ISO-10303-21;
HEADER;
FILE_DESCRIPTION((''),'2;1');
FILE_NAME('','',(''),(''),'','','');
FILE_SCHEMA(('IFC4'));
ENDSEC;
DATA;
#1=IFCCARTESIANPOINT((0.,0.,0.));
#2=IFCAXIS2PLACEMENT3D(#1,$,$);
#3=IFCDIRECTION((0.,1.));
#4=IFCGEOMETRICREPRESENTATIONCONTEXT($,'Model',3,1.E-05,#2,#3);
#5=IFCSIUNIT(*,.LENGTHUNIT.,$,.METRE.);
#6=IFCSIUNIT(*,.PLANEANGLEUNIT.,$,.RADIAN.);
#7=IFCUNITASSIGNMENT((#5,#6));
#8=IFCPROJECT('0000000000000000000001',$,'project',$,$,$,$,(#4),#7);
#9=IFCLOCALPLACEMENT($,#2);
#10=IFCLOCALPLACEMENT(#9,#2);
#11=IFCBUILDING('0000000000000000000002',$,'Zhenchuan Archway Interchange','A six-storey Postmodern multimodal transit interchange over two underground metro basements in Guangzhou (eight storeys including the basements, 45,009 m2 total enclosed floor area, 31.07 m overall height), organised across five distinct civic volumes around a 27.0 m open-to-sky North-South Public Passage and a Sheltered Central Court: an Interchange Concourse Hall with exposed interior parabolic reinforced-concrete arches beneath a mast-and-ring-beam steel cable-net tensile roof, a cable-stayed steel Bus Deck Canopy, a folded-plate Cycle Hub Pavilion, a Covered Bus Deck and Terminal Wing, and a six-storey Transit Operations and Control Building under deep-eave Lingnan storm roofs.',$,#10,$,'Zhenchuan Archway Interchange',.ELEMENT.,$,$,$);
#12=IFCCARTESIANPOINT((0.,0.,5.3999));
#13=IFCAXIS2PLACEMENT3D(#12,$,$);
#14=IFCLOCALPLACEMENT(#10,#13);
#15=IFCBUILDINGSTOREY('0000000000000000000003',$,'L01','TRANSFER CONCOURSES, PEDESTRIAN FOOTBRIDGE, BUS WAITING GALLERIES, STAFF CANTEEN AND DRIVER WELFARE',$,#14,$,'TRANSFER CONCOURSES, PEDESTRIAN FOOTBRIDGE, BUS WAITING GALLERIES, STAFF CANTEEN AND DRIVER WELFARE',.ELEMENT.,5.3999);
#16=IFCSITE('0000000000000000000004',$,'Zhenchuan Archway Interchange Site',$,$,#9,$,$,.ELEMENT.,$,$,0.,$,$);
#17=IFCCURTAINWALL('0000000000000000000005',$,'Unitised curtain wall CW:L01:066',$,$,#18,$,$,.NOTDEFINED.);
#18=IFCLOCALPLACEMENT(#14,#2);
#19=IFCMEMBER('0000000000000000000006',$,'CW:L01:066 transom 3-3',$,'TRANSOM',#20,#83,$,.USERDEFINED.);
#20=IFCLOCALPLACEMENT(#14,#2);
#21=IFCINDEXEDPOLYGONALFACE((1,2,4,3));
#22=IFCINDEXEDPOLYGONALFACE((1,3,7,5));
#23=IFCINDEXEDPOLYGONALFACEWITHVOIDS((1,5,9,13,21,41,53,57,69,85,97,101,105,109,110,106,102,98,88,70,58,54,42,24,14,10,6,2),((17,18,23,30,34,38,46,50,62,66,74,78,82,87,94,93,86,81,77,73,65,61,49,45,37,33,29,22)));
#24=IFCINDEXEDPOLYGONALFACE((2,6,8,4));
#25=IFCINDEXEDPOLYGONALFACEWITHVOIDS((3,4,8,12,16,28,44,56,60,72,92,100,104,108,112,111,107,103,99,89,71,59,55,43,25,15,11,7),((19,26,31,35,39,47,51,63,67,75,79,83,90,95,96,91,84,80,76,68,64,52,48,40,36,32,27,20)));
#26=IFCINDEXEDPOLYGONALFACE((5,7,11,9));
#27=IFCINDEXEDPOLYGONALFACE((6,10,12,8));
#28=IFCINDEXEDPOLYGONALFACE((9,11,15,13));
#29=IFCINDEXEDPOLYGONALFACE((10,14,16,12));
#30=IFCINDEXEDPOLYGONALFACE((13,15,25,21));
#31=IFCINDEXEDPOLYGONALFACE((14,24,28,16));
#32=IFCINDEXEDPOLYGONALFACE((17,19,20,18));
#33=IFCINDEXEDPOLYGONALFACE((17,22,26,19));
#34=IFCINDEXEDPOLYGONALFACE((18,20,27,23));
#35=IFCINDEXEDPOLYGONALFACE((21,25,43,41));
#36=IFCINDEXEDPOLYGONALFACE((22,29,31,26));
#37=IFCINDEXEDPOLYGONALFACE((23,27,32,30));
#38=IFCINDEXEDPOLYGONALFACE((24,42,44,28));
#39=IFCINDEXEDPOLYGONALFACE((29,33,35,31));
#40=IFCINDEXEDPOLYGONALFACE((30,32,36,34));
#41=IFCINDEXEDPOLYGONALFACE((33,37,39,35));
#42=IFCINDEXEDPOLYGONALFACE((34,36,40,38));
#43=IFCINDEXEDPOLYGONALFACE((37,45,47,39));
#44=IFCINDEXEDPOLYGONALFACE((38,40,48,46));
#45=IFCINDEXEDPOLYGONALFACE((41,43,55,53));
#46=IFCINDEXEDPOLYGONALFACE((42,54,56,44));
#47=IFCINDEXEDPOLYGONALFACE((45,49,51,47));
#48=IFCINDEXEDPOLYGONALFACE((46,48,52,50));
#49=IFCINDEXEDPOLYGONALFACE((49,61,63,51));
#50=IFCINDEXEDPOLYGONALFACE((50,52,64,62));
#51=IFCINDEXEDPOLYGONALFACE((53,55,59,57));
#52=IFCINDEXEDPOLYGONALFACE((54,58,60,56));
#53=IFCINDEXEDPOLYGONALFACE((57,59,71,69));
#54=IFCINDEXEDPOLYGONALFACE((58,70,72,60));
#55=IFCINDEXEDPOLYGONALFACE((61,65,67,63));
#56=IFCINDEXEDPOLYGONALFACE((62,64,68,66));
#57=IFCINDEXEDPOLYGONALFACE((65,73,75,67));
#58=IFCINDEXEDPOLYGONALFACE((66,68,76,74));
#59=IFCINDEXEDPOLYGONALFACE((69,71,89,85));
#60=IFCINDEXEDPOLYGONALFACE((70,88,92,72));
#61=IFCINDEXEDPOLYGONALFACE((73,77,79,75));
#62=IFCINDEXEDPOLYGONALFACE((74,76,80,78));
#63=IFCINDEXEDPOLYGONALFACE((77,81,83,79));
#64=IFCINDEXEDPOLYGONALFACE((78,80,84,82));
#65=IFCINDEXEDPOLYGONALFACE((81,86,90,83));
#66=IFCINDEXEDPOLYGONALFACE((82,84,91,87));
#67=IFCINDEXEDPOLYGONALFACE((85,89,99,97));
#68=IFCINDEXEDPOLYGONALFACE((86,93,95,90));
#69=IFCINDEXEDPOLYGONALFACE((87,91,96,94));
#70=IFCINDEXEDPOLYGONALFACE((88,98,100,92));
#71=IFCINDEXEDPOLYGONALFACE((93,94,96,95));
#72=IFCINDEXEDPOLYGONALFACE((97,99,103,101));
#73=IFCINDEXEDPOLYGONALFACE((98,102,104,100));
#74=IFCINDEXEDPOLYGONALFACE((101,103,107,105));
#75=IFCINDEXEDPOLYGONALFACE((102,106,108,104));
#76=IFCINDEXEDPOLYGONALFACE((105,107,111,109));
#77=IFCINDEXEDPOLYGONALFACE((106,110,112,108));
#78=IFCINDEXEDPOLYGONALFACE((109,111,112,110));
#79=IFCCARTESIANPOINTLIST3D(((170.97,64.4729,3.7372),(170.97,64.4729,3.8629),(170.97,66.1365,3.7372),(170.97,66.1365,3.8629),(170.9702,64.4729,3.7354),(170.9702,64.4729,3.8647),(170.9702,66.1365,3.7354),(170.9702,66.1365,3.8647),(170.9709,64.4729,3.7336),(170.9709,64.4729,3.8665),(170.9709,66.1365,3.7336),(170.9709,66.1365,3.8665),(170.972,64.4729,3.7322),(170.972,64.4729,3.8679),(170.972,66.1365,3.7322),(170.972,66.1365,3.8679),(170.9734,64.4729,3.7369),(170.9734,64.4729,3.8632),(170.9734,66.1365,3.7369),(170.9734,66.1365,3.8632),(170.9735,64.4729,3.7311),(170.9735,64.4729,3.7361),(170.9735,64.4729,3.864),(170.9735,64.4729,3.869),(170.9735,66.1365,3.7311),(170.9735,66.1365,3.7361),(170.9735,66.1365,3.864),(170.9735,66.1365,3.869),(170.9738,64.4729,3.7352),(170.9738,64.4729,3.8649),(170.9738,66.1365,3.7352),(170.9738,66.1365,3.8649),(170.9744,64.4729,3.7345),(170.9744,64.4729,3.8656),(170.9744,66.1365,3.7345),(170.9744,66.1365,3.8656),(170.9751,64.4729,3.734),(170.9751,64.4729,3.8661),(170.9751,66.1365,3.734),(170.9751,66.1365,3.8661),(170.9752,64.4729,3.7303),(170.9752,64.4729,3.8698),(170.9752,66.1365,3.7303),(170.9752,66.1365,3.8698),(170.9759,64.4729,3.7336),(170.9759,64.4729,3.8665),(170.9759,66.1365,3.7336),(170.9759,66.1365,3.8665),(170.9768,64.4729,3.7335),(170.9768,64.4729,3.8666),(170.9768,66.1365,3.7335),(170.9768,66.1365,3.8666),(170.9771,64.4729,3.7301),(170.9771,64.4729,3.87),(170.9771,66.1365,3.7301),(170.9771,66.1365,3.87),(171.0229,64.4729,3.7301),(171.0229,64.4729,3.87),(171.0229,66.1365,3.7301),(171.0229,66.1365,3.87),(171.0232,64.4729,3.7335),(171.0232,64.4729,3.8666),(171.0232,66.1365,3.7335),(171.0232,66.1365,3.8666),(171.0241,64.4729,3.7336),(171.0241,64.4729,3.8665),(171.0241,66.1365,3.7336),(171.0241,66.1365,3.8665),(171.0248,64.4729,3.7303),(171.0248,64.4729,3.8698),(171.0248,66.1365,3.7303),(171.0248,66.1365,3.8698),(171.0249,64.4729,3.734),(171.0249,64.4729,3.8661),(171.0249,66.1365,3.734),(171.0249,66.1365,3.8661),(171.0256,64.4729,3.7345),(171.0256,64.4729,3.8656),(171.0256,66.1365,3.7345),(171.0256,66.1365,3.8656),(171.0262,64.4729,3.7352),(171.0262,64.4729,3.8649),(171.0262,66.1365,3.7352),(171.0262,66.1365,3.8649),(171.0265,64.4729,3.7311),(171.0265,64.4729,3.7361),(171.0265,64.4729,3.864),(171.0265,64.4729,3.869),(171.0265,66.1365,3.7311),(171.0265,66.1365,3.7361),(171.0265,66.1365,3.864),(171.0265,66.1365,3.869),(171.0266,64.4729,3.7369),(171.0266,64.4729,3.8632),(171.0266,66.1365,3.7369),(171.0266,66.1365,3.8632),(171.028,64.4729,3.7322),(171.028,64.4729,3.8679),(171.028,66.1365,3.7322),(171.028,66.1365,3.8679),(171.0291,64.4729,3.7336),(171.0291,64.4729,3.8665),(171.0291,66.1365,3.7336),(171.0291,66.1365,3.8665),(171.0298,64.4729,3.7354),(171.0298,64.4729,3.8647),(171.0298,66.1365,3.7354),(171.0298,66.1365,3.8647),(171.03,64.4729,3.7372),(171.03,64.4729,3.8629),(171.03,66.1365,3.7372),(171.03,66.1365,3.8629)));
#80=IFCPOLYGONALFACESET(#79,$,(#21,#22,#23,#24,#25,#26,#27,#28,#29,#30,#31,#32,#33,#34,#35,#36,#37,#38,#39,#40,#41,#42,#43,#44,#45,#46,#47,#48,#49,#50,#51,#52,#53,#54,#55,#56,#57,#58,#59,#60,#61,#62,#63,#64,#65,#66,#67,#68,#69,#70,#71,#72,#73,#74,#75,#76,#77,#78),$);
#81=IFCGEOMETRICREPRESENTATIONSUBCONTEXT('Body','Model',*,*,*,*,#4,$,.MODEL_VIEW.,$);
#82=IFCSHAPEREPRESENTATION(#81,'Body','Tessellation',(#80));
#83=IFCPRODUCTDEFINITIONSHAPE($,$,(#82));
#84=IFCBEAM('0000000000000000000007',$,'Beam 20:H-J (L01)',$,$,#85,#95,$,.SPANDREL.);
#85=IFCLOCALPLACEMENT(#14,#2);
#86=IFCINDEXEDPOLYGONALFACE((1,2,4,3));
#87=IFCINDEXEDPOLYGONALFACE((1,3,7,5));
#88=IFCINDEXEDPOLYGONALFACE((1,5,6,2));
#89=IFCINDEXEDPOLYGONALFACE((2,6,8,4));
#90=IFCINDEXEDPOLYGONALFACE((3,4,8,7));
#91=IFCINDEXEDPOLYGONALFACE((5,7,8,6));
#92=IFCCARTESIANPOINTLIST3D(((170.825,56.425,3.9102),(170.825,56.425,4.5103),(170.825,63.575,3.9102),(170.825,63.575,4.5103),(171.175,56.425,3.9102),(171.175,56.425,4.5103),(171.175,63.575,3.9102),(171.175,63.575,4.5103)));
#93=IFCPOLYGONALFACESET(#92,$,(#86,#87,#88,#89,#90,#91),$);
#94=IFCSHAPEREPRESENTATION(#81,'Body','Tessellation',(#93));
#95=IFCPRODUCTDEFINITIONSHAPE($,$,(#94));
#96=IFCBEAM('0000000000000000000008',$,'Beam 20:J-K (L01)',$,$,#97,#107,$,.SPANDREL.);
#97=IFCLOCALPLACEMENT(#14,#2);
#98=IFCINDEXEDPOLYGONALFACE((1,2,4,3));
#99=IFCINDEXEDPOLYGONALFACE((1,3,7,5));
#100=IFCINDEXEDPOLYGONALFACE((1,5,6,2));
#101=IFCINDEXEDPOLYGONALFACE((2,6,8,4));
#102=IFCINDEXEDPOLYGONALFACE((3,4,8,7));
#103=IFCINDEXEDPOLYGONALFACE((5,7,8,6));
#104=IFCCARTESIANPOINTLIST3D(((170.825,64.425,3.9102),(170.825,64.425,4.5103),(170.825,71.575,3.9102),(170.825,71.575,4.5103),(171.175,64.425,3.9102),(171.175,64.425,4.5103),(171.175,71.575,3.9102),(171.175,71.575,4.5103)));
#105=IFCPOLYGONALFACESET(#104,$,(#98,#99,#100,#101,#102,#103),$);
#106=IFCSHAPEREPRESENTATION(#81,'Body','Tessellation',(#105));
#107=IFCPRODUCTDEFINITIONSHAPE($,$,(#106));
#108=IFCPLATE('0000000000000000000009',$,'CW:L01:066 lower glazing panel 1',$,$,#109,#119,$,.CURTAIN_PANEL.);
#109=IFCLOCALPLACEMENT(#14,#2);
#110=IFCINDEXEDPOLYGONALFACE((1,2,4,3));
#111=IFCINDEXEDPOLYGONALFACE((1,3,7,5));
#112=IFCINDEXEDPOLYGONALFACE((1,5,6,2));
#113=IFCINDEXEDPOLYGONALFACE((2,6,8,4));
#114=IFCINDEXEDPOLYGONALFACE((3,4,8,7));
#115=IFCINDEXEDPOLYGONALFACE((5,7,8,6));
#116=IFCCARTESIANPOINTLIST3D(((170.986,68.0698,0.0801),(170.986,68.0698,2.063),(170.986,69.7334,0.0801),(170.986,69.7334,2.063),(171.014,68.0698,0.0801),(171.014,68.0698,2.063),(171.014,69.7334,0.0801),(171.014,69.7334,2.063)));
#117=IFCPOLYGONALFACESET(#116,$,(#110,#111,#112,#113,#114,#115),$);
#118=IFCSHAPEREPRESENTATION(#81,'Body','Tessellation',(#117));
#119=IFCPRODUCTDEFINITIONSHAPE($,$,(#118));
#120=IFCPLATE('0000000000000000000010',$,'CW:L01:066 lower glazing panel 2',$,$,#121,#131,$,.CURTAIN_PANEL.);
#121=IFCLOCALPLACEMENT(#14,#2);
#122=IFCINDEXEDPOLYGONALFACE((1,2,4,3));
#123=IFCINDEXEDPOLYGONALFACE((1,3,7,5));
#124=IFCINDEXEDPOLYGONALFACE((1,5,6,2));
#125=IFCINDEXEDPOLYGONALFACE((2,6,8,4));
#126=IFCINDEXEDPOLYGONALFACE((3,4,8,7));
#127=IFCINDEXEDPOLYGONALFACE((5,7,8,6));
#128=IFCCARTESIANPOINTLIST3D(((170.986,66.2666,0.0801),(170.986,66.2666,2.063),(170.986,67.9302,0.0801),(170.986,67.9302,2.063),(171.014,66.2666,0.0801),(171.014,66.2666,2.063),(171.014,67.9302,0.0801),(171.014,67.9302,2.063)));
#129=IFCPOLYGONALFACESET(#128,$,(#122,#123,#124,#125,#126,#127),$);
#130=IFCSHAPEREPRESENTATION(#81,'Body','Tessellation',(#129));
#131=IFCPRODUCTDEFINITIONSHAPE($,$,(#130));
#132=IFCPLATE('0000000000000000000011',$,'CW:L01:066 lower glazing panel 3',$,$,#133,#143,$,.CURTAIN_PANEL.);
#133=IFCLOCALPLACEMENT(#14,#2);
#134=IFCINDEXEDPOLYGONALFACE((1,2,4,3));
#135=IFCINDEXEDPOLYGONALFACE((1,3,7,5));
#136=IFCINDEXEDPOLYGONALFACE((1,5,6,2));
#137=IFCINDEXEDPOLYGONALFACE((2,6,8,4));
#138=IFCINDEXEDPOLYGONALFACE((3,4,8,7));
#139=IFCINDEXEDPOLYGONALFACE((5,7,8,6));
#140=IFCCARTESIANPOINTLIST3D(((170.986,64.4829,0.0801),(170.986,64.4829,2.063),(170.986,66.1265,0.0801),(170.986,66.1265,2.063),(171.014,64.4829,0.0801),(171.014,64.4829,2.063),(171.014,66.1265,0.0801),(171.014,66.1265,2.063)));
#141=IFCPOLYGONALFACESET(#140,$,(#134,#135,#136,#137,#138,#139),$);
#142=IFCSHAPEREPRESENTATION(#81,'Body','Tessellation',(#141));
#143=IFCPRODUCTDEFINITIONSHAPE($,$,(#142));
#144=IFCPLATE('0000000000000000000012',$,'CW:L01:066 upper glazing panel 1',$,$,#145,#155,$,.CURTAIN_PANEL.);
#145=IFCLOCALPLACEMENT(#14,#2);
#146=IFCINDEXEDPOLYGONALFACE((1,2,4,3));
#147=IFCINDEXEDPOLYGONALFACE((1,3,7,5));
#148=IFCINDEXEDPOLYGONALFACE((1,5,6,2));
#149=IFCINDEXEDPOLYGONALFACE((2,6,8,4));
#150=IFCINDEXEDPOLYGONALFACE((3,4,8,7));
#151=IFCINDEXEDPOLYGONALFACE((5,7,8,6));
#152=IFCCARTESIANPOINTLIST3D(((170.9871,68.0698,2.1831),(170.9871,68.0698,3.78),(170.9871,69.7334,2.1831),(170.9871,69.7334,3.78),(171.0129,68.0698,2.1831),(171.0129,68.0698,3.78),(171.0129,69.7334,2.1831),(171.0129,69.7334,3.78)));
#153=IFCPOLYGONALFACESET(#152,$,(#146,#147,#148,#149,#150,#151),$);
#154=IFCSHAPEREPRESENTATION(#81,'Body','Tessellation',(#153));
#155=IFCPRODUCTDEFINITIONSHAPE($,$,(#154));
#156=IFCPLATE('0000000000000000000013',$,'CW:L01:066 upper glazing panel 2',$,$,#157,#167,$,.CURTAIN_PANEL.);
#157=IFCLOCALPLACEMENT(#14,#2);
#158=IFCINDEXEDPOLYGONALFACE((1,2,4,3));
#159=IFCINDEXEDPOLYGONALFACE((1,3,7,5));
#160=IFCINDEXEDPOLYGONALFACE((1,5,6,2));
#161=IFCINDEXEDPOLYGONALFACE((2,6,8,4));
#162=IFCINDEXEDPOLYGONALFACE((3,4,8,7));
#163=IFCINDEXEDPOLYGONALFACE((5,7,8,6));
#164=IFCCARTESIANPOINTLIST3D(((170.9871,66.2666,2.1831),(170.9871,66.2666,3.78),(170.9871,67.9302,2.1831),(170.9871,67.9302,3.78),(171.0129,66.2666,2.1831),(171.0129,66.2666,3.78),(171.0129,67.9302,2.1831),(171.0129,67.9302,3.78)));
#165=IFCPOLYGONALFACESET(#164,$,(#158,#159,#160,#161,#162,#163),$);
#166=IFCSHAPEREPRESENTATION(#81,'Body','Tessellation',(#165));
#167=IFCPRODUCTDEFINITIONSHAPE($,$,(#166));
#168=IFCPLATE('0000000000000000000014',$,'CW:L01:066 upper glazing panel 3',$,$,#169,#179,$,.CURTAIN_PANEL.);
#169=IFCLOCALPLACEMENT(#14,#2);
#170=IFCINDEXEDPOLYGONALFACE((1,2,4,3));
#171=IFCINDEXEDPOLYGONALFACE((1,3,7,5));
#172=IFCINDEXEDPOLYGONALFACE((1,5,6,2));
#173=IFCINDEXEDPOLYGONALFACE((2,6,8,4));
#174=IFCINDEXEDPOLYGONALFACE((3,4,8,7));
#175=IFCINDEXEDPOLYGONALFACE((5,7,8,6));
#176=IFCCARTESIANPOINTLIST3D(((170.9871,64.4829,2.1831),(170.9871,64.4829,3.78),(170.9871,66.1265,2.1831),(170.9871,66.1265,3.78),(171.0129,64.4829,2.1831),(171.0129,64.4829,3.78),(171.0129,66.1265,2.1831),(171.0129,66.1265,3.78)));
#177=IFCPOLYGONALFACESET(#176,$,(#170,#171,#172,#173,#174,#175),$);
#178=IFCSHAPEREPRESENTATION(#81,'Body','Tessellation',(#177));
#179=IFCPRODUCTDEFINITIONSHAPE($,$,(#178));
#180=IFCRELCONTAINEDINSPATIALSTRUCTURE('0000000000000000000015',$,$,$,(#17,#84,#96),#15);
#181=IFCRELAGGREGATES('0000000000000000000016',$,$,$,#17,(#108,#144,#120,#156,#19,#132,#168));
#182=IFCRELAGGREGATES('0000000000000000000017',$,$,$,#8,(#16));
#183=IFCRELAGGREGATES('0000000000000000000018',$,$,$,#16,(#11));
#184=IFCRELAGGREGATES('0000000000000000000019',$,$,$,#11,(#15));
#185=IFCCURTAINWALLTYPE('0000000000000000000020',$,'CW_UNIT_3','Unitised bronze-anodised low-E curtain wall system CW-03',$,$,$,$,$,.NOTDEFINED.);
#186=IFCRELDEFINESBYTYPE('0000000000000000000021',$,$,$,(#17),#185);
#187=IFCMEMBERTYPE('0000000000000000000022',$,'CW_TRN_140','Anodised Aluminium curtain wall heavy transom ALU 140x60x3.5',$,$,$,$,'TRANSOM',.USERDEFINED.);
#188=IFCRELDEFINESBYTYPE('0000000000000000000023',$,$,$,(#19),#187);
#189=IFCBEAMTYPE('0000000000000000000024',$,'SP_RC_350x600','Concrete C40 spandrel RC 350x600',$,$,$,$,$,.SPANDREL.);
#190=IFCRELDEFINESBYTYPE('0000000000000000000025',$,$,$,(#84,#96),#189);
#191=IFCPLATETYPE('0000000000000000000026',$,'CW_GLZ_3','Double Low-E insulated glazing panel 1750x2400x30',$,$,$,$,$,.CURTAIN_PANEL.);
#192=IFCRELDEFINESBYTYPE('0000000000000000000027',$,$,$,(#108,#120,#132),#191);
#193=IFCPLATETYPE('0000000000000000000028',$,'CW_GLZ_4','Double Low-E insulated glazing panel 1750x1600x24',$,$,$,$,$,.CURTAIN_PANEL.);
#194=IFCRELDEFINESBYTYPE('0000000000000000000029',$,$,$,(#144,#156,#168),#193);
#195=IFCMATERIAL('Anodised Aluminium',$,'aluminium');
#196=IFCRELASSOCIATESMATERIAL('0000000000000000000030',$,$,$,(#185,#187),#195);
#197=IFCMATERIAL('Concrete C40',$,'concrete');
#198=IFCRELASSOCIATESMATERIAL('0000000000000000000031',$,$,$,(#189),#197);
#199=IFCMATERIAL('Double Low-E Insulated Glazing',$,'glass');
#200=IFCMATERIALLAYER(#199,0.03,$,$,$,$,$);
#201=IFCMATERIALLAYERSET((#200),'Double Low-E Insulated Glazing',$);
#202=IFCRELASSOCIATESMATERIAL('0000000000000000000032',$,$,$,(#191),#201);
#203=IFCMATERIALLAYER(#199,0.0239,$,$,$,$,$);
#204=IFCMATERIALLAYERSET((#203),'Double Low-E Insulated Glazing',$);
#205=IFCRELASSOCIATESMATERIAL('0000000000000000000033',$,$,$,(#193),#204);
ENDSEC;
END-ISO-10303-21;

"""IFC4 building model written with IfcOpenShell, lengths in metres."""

from ifc_helpers import new_model, si_unit, direction, frame, origin, origin_2d, place, context, subcontext, project, spatial, rectangle, hollow_rectangle, extrude, material, layer, layer_set, material_profile, profile_set, type_object, element, aggregate, save


model = new_model("IFC4")

# Units and contexts
model_context = context("Model", 3, precision=1e-05, world=origin(), true_north=direction((0.0, 1.0)))
body_context = subcontext(model_context, "Body", "Model", "MODEL_VIEW")
ifc_project = project(units=[si_unit("LENGTHUNIT", "METRE"), si_unit("PLANEANGLEUNIT", "RADIAN")], contexts=[model_context])

# Site, building, storey
site_placement = place(None, origin())
site = spatial("IfcSite", under=ifc_project, at=site_placement, Name="Zhenchuan Archway Interchange Site", CompositionType="ELEMENT", RefElevation=0.0)
building_placement = place(site_placement, origin())
building = spatial("IfcBuilding", under=site, at=building_placement, Name="Zhenchuan Archway Interchange", Description="A six-storey Postmodern multimodal transit interchange over two underground metro basements in Guangzhou (eight storeys including the basements, 45,009 m2 total enclosed floor area, 31.07 m overall height), organised across five distinct civic volumes around a 27.0 m open-to-sky North-South Public Passage and a Sheltered Central Court: an Interchange Concourse Hall with exposed interior parabolic reinforced-concrete arches beneath a mast-and-ring-beam steel cable-net tensile roof, a cable-stayed steel Bus Deck Canopy, a folded-plate Cycle Hub Pavilion, a Covered Bus Deck and Terminal Wing, and a six-storey Transit Operations and Control Building under deep-eave Lingnan storm roofs.", LongName="Zhenchuan Archway Interchange", CompositionType="ELEMENT")
storey_placement = place(building_placement, frame((0.0, 0.0, 5.3999)))
storey = spatial("IfcBuildingStorey", under=building, at=storey_placement, Name="L01", Description="TRANSFER CONCOURSES, PEDESTRIAN FOOTBRIDGE, BUS WAITING GALLERIES, STAFF CANTEEN AND DRIVER WELFARE", LongName="TRANSFER CONCOURSES, PEDESTRIAN FOOTBRIDGE, BUS WAITING GALLERIES, STAFF CANTEEN AND DRIVER WELFARE", CompositionType="ELEMENT", Elevation=5.3999)

# Curtain wall, member
ifc_material_1 = material(Name="Anodised Aluminium", Category="aluminium")
curtain_wall_type = type_object("IfcCurtainWallType", Name="CW_UNIT_3", Description="Unitised bronze-anodised low-E curtain wall system CW-03", PredefinedType="NOTDEFINED", material=ifc_material_1)
curtain_wall_placement = place(storey_placement, origin())
curtain_wall = element("IfcCurtainWall", 1, at=curtain_wall_placement, inside=storey, type_object=curtain_wall_type, Name="Unitised curtain wall CW:L01:066", PredefinedType="NOTDEFINED")
ifc_material_profile_1 = material_profile(ifc_material_1, hollow_rectangle(XDim=0.0601, YDim=0.1399, WallThickness=0.0034, InnerFilletRadius=0.0034, OuterFilletRadius=0.0071, at=origin_2d()), Name="ALU 140x60x3.5")
ifc_profile_set_1 = profile_set([ifc_material_profile_1], Name="Anodised Aluminium")
member_type_1 = type_object("IfcMemberType", Name="CW_TRN_140", Description="Anodised Aluminium curtain wall heavy transom ALU 140x60x3.5", ElementType="TRANSOM", PredefinedType="USERDEFINED", material=ifc_profile_set_1)
member_1_placement = place(storey_placement, frame((171.0, 66.1365, 3.8), z_axis=(0.0, -1.0, 0.0), x_axis=(1.0, 0.0, 0.0)))
member_1 = element("IfcMember", 2, at=member_1_placement, type_object=member_type_1, Name="CW:L01:066 transom 3-3", ObjectType="TRANSOM", PredefinedType="USERDEFINED", context=body_context, shape_type="SweptSolid", body=[
    extrude(hollow_rectangle(XDim=0.0601, YDim=0.1399, WallThickness=0.0034, InnerFilletRadius=0.0034, OuterFilletRadius=0.0071, at=origin_2d()), origin(), (0.0, 0.0, 1.0), 1.6636),
])

# Beams
ifc_material_2 = material(Name="Concrete C40", Category="concrete")
ifc_material_profile_2 = material_profile(ifc_material_2, rectangle(XDim=0.3501, YDim=0.6001, at=origin_2d()), Name="RC 350x600")
ifc_profile_set_2 = profile_set([ifc_material_profile_2], Name="Concrete C40")
beam_type = type_object("IfcBeamType", Name="SP_RC_350x600", Description="Concrete C40 spandrel RC 350x600", PredefinedType="SPANDREL", material=ifc_profile_set_2)
for number, where, z_axis, x_axis, name in (
    (3, (171.0, 56.425, 4.2102), (0.0, 1.0, 0.0), (-1.0, 0.0, 0.0), "Beam 20:H-J (L01)"),
    (4, (171.0, 64.425, 4.2102), (0.0, 1.0, 0.0), (-1.0, 0.0, 0.0), "Beam 20:J-K (L01)"),
):
    element("IfcBeam", number, at=place(storey_placement, frame(where, z_axis=z_axis, x_axis=x_axis)), inside=storey, type_object=beam_type, Name=name, PredefinedType="SPANDREL", context=body_context, shape_type="SweptSolid", body=[
        extrude(rectangle(XDim=0.3501, YDim=0.6001, at=origin_2d()), origin(), (0.0, 0.0, 1.0), 7.1499),
    ])

# Plates
ifc_material_3 = material(Name="Double Low-E Insulated Glazing", Category="glass")
ifc_layer_1 = layer(ifc_material_3, 0.03)
ifc_layer_set_1 = layer_set([ifc_layer_1], Name="Double Low-E Insulated Glazing")
plate_type_1 = type_object("IfcPlateType", Name="CW_GLZ_3", Description="Double Low-E insulated glazing panel 1750x2400x30", PredefinedType="CURTAIN_PANEL", material=ifc_layer_set_1)
plate_1_placement = place(storey_placement, frame((171.0, 68.9016, 0.0801), z_axis=(0.0, 0.0, 1.0), x_axis=(0.0, -1.0, 0.0)))
plate_1 = element("IfcPlate", 5, at=plate_1_placement, type_object=plate_type_1, Name="CW:L01:066 lower glazing panel 1", PredefinedType="CURTAIN_PANEL", context=body_context, shape_type="SweptSolid", body=[
    extrude(rectangle(XDim=1.6636, YDim=0.0281, at=origin_2d()), origin(), (0.0, 0.0, 1.0), 1.9829),
])
plate_2_placement = place(storey_placement, frame((171.0, 67.0984, 0.0801), z_axis=(0.0, 0.0, 1.0), x_axis=(0.0, -1.0, 0.0)))
plate_2 = element("IfcPlate", 6, at=plate_2_placement, type_object=plate_type_1, Name="CW:L01:066 lower glazing panel 2", PredefinedType="CURTAIN_PANEL", context=body_context, shape_type="SweptSolid", body=[
    extrude(rectangle(XDim=1.6636, YDim=0.0281, at=origin_2d()), origin(), (0.0, 0.0, 1.0), 1.9829),
])
plate_3_placement = place(storey_placement, frame((171.0, 65.3047, 0.0801), z_axis=(0.0, 0.0, 1.0), x_axis=(0.0, -1.0, 0.0)))
plate_3 = element("IfcPlate", 7, at=plate_3_placement, type_object=plate_type_1, Name="CW:L01:066 lower glazing panel 3", PredefinedType="CURTAIN_PANEL", context=body_context, shape_type="SweptSolid", body=[
    extrude(rectangle(XDim=1.6436, YDim=0.0281, at=origin_2d()), origin(), (0.0, 0.0, 1.0), 1.9829),
])
ifc_layer_2 = layer(ifc_material_3, 0.0239)
ifc_layer_set_2 = layer_set([ifc_layer_2], Name="Double Low-E Insulated Glazing")
plate_type_2 = type_object("IfcPlateType", Name="CW_GLZ_4", Description="Double Low-E insulated glazing panel 1750x1600x24", PredefinedType="CURTAIN_PANEL", material=ifc_layer_set_2)
plate_4_placement = place(storey_placement, frame((171.0, 68.9016, 2.1831), z_axis=(0.0, 0.0, 1.0), x_axis=(0.0, -1.0, 0.0)))
plate_4 = element("IfcPlate", 8, at=plate_4_placement, type_object=plate_type_2, Name="CW:L01:066 upper glazing panel 1", PredefinedType="CURTAIN_PANEL", context=body_context, shape_type="SweptSolid", body=[
    extrude(rectangle(XDim=1.6636, YDim=0.0259, at=origin_2d()), origin(), (0.0, 0.0, 1.0), 1.5969),
])
plate_5_placement = place(storey_placement, frame((171.0, 67.0984, 2.1831), z_axis=(0.0, 0.0, 1.0), x_axis=(0.0, -1.0, 0.0)))
plate_5 = element("IfcPlate", 9, at=plate_5_placement, type_object=plate_type_2, Name="CW:L01:066 upper glazing panel 2", PredefinedType="CURTAIN_PANEL", context=body_context, shape_type="SweptSolid", body=[
    extrude(rectangle(XDim=1.6636, YDim=0.0259, at=origin_2d()), origin(), (0.0, 0.0, 1.0), 1.5969),
])
plate_6_placement = place(storey_placement, frame((171.0, 65.3047, 2.1831), z_axis=(0.0, 0.0, 1.0), x_axis=(0.0, -1.0, 0.0)))
plate_6 = element("IfcPlate", 10, at=plate_6_placement, type_object=plate_type_2, Name="CW:L01:066 upper glazing panel 3", PredefinedType="CURTAIN_PANEL", context=body_context, shape_type="SweptSolid", body=[
    extrude(rectangle(XDim=1.6436, YDim=0.0259, at=origin_2d()), origin(), (0.0, 0.0, 1.0), 1.5969),
])
aggregate(curtain_wall, [plate_1, plate_4, plate_2, plate_5, member_1, plate_3, plate_6])

save(model, "model.ifc")
